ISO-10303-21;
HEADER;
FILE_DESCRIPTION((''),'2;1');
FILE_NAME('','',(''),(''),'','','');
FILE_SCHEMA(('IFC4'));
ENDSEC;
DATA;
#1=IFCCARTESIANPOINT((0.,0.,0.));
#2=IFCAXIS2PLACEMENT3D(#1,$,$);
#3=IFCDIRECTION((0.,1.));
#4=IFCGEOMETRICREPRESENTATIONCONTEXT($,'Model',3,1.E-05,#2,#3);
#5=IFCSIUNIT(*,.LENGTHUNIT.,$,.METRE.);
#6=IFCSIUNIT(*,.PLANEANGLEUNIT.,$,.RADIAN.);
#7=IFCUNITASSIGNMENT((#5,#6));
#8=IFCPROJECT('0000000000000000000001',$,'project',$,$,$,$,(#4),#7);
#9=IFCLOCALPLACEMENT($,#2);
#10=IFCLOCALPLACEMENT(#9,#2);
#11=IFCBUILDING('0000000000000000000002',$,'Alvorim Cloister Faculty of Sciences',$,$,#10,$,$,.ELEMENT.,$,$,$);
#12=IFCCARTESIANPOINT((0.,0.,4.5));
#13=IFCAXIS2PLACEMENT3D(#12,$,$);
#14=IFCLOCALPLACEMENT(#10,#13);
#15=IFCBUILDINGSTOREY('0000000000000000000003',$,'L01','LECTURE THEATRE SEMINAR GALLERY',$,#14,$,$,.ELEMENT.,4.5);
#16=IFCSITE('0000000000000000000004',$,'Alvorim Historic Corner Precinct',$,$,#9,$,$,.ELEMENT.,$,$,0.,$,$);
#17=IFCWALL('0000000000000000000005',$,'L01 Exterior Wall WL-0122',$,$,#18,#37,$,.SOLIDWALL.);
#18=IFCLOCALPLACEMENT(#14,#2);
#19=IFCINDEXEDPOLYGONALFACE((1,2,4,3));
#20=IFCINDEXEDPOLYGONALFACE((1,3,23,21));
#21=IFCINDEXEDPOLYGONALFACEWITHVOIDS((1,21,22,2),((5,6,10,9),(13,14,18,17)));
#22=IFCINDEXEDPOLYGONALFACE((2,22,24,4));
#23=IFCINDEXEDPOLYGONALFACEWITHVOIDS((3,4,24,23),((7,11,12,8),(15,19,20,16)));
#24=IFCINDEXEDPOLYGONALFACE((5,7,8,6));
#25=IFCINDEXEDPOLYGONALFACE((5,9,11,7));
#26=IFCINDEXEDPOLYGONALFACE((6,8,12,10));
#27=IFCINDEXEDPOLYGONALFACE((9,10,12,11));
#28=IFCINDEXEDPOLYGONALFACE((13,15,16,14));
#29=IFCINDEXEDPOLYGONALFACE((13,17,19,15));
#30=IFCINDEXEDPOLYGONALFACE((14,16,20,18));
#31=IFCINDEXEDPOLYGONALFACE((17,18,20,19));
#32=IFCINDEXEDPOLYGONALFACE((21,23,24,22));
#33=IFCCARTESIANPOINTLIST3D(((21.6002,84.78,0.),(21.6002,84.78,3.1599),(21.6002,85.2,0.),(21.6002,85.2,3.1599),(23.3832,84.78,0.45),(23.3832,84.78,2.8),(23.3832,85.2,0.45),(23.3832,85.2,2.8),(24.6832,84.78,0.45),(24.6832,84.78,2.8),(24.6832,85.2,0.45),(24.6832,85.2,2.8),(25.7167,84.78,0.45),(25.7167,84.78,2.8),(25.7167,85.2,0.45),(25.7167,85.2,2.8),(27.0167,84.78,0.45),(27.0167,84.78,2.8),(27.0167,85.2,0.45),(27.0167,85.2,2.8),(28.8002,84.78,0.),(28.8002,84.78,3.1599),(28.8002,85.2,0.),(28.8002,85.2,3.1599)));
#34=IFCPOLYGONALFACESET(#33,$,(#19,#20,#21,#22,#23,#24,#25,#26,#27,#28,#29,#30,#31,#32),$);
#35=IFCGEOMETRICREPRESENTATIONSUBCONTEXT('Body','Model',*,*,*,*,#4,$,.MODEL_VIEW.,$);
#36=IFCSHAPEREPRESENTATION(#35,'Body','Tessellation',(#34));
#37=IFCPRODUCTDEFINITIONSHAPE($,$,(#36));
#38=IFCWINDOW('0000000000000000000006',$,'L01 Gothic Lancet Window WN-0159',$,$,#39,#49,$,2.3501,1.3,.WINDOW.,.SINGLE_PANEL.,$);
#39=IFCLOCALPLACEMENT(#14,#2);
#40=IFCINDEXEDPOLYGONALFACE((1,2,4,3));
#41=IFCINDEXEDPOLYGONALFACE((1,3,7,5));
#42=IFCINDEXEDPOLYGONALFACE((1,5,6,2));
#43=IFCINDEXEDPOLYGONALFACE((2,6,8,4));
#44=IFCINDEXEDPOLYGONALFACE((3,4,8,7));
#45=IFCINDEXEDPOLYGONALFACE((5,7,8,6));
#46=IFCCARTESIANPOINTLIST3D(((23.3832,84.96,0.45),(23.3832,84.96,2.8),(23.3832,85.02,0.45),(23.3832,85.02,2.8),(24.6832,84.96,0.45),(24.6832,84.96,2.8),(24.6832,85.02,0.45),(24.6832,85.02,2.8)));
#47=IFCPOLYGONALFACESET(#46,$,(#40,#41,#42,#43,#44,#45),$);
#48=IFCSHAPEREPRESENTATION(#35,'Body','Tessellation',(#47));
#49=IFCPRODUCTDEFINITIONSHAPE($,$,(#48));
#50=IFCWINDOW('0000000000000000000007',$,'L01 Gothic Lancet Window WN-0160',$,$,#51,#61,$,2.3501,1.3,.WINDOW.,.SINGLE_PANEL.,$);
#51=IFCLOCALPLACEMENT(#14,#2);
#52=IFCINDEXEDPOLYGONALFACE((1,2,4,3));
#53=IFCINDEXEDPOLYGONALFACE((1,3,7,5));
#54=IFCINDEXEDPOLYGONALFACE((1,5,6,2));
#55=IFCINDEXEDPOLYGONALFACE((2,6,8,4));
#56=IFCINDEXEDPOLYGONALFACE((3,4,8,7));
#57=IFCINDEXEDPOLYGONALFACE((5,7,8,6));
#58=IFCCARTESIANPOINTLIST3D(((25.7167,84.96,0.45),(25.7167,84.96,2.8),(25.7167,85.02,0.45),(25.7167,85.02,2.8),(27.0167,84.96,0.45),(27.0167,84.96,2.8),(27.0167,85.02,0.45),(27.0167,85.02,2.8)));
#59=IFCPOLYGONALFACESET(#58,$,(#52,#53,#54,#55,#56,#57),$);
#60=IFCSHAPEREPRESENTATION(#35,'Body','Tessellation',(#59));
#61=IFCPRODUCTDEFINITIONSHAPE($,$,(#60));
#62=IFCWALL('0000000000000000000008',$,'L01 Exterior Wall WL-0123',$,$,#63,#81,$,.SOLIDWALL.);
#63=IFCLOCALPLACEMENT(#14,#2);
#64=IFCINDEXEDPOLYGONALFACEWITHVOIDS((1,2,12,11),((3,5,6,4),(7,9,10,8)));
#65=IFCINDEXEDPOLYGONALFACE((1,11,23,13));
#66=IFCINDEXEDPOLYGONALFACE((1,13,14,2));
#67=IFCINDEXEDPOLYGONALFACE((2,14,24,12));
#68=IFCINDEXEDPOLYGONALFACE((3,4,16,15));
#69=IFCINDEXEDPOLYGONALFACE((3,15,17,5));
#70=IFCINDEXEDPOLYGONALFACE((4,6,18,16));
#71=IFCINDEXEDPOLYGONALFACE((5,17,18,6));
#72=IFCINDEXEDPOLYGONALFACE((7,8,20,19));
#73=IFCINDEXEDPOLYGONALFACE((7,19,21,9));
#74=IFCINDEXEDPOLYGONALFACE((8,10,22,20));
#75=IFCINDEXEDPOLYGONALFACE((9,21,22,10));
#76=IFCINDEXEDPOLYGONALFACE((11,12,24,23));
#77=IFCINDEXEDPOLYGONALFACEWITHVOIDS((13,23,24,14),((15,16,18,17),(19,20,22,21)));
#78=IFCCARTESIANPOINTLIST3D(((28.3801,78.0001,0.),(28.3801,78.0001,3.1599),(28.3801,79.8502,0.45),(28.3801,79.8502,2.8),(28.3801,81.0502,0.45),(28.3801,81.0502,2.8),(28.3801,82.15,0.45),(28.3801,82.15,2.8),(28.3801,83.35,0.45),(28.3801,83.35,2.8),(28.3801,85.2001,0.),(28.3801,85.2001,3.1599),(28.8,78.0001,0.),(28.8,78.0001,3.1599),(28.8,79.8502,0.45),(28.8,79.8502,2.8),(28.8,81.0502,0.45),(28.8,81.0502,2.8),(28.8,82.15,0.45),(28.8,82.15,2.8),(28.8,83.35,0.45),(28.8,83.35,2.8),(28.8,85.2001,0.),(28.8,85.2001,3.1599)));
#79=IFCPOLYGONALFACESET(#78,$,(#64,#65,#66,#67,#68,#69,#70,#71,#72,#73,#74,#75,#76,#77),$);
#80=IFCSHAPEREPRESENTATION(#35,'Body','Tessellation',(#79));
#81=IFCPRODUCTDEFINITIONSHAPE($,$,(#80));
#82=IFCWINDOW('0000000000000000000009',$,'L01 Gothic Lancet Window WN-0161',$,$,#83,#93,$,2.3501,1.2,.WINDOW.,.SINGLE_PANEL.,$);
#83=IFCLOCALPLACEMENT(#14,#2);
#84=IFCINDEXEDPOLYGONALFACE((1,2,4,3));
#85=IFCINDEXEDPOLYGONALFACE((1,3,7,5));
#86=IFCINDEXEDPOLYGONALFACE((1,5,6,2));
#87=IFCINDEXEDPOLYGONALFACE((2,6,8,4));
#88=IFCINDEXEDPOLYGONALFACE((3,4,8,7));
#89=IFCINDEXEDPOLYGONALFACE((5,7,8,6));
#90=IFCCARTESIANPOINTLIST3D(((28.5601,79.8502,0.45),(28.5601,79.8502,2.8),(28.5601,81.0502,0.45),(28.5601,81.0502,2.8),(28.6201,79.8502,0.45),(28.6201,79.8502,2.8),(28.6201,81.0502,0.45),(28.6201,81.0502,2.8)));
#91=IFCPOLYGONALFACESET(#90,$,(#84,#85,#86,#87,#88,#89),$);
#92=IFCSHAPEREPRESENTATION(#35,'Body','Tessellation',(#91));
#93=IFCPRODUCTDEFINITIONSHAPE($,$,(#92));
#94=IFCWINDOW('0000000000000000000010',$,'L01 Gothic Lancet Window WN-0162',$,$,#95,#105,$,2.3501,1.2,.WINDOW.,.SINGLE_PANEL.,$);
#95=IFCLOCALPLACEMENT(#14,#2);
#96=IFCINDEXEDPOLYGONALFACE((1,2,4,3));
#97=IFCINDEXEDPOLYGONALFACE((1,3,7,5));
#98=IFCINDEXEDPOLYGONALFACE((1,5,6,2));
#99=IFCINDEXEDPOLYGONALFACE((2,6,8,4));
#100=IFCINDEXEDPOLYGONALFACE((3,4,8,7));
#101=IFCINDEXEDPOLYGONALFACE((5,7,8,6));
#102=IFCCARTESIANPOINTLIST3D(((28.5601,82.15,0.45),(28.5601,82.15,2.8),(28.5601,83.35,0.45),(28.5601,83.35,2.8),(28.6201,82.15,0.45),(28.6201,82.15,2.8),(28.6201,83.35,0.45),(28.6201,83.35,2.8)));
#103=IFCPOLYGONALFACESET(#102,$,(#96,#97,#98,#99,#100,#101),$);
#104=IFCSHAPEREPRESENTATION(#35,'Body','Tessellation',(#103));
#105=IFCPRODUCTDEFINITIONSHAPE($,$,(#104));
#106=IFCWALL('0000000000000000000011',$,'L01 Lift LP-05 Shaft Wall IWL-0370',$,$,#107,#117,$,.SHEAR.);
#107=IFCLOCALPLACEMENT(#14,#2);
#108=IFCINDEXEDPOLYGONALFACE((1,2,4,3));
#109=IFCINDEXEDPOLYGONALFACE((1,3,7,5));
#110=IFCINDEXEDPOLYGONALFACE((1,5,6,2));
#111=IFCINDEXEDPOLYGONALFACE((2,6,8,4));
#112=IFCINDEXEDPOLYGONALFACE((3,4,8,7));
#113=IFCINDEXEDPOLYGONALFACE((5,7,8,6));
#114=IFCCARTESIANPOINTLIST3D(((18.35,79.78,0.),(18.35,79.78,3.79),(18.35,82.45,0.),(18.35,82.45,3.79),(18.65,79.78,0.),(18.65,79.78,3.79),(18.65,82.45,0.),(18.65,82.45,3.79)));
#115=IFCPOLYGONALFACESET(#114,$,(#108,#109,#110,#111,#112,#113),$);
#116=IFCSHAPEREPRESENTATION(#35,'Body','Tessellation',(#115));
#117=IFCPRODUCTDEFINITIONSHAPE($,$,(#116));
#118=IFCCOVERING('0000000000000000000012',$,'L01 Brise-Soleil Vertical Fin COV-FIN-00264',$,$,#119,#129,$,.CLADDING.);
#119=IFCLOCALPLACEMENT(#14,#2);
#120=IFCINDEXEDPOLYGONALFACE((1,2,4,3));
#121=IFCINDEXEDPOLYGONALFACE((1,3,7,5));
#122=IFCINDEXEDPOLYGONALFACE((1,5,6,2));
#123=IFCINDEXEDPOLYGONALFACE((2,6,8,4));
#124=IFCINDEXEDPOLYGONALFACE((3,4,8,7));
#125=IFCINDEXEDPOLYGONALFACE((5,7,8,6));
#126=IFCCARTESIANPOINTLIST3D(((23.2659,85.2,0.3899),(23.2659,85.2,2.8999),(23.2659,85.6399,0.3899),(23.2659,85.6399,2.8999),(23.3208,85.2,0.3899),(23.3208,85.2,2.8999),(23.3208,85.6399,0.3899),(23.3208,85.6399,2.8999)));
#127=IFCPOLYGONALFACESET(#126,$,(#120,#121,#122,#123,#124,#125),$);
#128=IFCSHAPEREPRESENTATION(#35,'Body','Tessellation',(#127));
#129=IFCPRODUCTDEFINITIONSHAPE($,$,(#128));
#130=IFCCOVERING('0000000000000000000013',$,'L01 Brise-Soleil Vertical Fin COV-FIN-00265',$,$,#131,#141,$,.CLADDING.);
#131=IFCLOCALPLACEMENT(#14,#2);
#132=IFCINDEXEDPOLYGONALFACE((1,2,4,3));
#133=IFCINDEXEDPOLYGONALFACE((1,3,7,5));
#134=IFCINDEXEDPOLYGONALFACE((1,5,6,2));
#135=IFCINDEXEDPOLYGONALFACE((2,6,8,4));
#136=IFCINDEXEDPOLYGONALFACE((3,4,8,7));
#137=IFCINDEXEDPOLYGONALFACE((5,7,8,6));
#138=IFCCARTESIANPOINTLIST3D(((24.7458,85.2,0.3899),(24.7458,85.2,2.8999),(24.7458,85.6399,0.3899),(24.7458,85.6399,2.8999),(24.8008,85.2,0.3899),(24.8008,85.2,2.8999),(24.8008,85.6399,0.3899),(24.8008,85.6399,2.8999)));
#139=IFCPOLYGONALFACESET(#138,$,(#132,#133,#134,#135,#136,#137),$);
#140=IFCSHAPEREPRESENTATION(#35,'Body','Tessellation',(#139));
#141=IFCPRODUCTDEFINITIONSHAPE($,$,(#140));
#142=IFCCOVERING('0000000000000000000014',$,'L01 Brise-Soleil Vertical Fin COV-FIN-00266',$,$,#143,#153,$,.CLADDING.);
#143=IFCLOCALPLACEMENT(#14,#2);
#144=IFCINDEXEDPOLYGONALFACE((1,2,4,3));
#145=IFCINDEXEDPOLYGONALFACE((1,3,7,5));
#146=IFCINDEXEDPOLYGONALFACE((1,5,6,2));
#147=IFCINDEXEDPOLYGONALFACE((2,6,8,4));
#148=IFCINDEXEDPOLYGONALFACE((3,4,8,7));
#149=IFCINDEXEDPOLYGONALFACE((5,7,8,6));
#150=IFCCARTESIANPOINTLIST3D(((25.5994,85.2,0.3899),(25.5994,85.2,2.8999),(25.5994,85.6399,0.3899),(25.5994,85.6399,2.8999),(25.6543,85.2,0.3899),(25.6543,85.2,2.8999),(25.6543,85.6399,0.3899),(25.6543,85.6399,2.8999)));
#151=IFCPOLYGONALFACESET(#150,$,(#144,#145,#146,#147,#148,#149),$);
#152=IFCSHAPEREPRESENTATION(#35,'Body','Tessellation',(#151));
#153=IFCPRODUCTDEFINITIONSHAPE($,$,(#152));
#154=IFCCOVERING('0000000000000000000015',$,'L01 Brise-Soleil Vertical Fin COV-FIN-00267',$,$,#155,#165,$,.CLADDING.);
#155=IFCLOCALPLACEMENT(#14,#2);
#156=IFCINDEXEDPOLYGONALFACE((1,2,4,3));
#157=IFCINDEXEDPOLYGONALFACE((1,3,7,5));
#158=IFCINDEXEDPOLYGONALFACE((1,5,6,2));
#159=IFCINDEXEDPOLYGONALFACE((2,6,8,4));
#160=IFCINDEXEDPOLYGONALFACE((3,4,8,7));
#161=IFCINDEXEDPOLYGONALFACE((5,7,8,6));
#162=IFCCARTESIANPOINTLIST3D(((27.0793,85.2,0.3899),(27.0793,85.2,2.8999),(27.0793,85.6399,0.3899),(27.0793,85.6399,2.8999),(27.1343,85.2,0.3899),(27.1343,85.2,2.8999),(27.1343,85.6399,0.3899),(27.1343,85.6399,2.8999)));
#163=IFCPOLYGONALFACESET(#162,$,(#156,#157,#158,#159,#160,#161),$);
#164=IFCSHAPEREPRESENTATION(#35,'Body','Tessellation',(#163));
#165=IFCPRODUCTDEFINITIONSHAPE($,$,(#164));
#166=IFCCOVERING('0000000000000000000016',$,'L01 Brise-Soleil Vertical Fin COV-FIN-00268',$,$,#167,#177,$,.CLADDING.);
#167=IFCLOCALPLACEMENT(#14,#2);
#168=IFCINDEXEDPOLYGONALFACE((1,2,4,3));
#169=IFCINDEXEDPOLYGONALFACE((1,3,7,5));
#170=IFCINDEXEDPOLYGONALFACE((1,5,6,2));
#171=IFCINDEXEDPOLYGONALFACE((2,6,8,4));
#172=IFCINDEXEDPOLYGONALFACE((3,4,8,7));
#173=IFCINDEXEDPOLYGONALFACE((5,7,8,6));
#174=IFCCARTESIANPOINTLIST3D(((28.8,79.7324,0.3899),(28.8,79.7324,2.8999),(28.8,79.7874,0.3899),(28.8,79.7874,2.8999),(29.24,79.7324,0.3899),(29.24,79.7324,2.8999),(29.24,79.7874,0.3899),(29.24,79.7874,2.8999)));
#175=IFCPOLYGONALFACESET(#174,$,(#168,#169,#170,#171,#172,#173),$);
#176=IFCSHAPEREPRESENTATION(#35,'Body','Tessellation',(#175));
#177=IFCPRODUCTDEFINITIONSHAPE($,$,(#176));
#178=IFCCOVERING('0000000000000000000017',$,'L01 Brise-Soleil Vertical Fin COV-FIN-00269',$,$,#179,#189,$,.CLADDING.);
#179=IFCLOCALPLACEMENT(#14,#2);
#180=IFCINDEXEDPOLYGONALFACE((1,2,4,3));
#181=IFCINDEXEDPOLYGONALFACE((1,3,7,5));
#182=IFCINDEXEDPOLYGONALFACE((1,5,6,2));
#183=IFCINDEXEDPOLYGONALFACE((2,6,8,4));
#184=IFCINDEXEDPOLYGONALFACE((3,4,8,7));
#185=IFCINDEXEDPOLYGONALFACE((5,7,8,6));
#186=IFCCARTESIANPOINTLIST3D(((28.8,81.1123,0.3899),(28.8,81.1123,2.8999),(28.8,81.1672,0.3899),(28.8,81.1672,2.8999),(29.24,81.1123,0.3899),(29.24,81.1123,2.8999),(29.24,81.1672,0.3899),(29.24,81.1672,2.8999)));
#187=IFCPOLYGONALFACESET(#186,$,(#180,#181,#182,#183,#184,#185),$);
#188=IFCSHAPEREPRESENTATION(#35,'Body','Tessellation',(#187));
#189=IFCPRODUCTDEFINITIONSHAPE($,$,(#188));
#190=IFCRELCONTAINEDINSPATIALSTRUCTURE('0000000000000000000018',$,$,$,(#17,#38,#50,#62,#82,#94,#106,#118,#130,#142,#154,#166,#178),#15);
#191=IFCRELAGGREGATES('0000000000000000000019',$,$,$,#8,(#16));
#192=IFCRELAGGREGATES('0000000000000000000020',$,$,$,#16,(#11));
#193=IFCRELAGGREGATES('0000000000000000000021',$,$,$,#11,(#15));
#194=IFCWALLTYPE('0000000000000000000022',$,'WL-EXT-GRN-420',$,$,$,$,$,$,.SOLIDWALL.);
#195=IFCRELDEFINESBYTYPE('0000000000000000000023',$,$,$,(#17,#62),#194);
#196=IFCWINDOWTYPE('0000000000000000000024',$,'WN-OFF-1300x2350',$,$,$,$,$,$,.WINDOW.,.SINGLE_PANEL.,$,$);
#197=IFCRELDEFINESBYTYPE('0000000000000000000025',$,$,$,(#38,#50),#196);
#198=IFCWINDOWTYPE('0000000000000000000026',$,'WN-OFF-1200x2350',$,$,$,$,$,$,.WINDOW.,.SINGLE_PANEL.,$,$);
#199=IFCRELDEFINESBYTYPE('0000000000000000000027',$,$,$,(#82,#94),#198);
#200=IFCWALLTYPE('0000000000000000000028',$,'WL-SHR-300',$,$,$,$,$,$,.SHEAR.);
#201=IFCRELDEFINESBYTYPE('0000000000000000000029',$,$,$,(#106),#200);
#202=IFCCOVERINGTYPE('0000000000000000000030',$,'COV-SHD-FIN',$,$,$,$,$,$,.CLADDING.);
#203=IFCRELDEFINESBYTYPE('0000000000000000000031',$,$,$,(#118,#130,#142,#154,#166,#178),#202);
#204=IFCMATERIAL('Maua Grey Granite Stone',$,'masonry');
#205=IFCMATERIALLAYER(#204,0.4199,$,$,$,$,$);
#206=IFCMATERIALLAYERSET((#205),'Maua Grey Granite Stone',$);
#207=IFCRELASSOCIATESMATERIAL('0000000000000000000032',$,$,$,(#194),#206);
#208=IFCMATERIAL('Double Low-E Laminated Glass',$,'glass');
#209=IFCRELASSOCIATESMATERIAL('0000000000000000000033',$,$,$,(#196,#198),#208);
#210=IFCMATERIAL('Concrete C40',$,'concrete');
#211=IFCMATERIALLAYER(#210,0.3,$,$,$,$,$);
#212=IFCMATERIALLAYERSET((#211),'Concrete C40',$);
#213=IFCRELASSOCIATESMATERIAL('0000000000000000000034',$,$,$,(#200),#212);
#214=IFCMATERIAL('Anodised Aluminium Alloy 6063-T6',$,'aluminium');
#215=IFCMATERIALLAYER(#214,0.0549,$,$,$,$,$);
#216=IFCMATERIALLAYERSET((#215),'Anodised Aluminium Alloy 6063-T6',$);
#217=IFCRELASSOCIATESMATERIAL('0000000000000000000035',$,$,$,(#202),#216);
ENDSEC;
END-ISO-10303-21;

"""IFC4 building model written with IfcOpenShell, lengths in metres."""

from ifc_helpers import new_model, si_unit, direction, frame, frame_2d, origin, place, context, subcontext, project, spatial, polyline, rectangle, outline, extrude, material, layer, layer_set, type_object, element, fill, save


model = new_model("IFC4")

# Units and contexts
model_context = context("Model", 3, precision=1e-05, world=origin(), true_north=direction((0.0, 1.0)))
body_context = subcontext(model_context, "Body", "Model", "MODEL_VIEW")
ifc_project = project(units=[si_unit("LENGTHUNIT", "METRE"), si_unit("PLANEANGLEUNIT", "RADIAN")], contexts=[model_context])

# Site, building, storey
site_placement = place(None, origin())
site = spatial("IfcSite", under=ifc_project, at=site_placement, Name="Alvorim Historic Corner Precinct", CompositionType="ELEMENT", RefElevation=0.0)
building_placement = place(site_placement, origin())
building = spatial("IfcBuilding", under=site, at=building_placement, Name="Alvorim Cloister Faculty of Sciences", CompositionType="ELEMENT")
storey_placement = place(building_placement, frame((0.0, 0.0, 4.5)))
storey = spatial("IfcBuildingStorey", under=building, at=storey_placement, Name="L01", Description="LECTURE THEATRE SEMINAR GALLERY", CompositionType="ELEMENT", Elevation=4.5)

# Shared definitions
ifc_material_1 = material(Name="Concrete C40", Category="concrete")

# Walls, openings, windows
ifc_material_2 = material(Name="Maua Grey Granite Stone", Category="masonry")
ifc_layer_1 = layer(ifc_material_2, 0.4199)
ifc_layer_set_1 = layer_set([ifc_layer_1], Name="Maua Grey Granite Stone")
wall_type_1 = type_object("IfcWallType", Name="WL-EXT-GRN-420", PredefinedType="SOLIDWALL", material=ifc_layer_set_1)
ifc_material_3 = material(Name="Double Low-E Laminated Glass", Category="glass")
wall_1_placement = place(storey_placement, frame((21.6001, 84.99, 0.0), z_axis=(0.0, 0.0, 1.0), x_axis=(1.0, 0.0, 0.0)))
wall_1 = element("IfcWall", 1, at=wall_1_placement, inside=storey, type_object=wall_type_1, Name="L01 Exterior Wall WL-0122", PredefinedType="SOLIDWALL", context=body_context, shape_type="SweptSolid", body=[
    extrude(rectangle(XDim=7.2, YDim=0.4199, at=frame_2d((3.6001, 0.0))), origin(), (0.0, 0.0, 1.0), 3.1599),
])
opening_1_placement = place(wall_1_placement, frame((1.7832, 0.0, 0.45)))
opening_1 = element("IfcOpeningElement", 2, at=opening_1_placement, cuts=wall_1, PredefinedType="OPENING", context=body_context, shape_type="SweptSolid", body=[
    extrude(rectangle(XDim=1.3, YDim=2.3501, at=frame_2d((0.6499, 1.175))), frame((0.0, 0.2219, 0.0), z_axis=(0.0, -1.0, 0.0), x_axis=(1.0, 0.0, 0.0)), (0.0, 0.0, 1.0), 0.4438),
])
opening_2_placement = place(wall_1_placement, frame((4.1167, 0.0, 0.45)))
opening_2 = element("IfcOpeningElement", 3, at=opening_2_placement, cuts=wall_1, PredefinedType="OPENING", context=body_context, shape_type="SweptSolid", body=[
    extrude(rectangle(XDim=1.3, YDim=2.3501, at=frame_2d((0.6499, 1.175))), frame((0.0, 0.2219, 0.0), z_axis=(0.0, -1.0, 0.0), x_axis=(1.0, 0.0, 0.0)), (0.0, 0.0, 1.0), 0.4438),
])
window_type_1 = type_object("IfcWindowType", Name="WN-OFF-1300x2350", PartitioningType="SINGLE_PANEL", PredefinedType="WINDOW", material=ifc_material_3)
window_1_placement = place(opening_1_placement, origin())
window_1 = element("IfcWindow", 4, at=window_1_placement, inside=storey, type_object=window_type_1, Name="L01 Gothic Lancet Window WN-0159", OverallHeight=2.3501, OverallWidth=1.3, PartitioningType="SINGLE_PANEL", PredefinedType="WINDOW", context=body_context, shape_type="SweptSolid", body=[
    extrude(rectangle(XDim=1.3, YDim=2.3501, at=frame_2d((0.6499, 1.175))), frame((0.0, 0.03, 0.0), z_axis=(0.0, -1.0, 0.0), x_axis=(1.0, 0.0, 0.0)), (0.0, 0.0, 1.0), 0.0601),
])
fill(opening_1, window_1)
window_2_placement = place(opening_2_placement, origin())
window_2 = element("IfcWindow", 5, at=window_2_placement, inside=storey, type_object=window_type_1, Name="L01 Gothic Lancet Window WN-0160", OverallHeight=2.3501, OverallWidth=1.3, PartitioningType="SINGLE_PANEL", PredefinedType="WINDOW", context=body_context, shape_type="SweptSolid", body=[
    extrude(rectangle(XDim=1.3, YDim=2.3501, at=frame_2d((0.6499, 1.175))), frame((0.0, 0.03, 0.0), z_axis=(0.0, -1.0, 0.0), x_axis=(1.0, 0.0, 0.0)), (0.0, 0.0, 1.0), 0.0601),
])
fill(opening_2, window_2)
wall_2_placement = place(storey_placement, frame((28.5901, 78.0, 0.0), z_axis=(0.0, 0.0, 1.0), x_axis=(0.0, 1.0, 0.0)))
wall_2 = element("IfcWall", 6, at=wall_2_placement, inside=storey, type_object=wall_type_1, Name="L01 Exterior Wall WL-0123", PredefinedType="SOLIDWALL", context=body_context, shape_type="SweptSolid", body=[
    extrude(rectangle(XDim=7.2, YDim=0.4199, at=frame_2d((3.6001, 0.0))), origin(), (0.0, 0.0, 1.0), 3.1599),
])
opening_3_placement = place(wall_2_placement, frame((1.8501, 0.0, 0.45)))
opening_3 = element("IfcOpeningElement", 7, at=opening_3_placement, cuts=wall_2, PredefinedType="OPENING", context=body_context, shape_type="SweptSolid", body=[
    extrude(rectangle(XDim=1.2, YDim=2.3501, at=frame_2d((0.6001, 1.175))), frame((0.0, 0.2219, 0.0), z_axis=(0.0, -1.0, 0.0), x_axis=(1.0, 0.0, 0.0)), (0.0, 0.0, 1.0), 0.4438),
])
opening_4_placement = place(wall_2_placement, frame((4.1499, 0.0, 0.45)))
opening_4 = element("IfcOpeningElement", 8, at=opening_4_placement, cuts=wall_2, PredefinedType="OPENING", context=body_context, shape_type="SweptSolid", body=[
    extrude(rectangle(XDim=1.2, YDim=2.3501, at=frame_2d((0.6001, 1.175))), frame((0.0, 0.2219, 0.0), z_axis=(0.0, -1.0, 0.0), x_axis=(1.0, 0.0, 0.0)), (0.0, 0.0, 1.0), 0.4438),
])
window_type_2 = type_object("IfcWindowType", Name="WN-OFF-1200x2350", PartitioningType="SINGLE_PANEL", PredefinedType="WINDOW", material=ifc_material_3)
window_3_placement = place(opening_3_placement, origin())
window_3 = element("IfcWindow", 9, at=window_3_placement, inside=storey, type_object=window_type_2, Name="L01 Gothic Lancet Window WN-0161", OverallHeight=2.3501, OverallWidth=1.2, PartitioningType="SINGLE_PANEL", PredefinedType="WINDOW", context=body_context, shape_type="SweptSolid", body=[
    extrude(rectangle(XDim=1.2, YDim=2.3501, at=frame_2d((0.6001, 1.175))), frame((0.0, 0.03, 0.0), z_axis=(0.0, -1.0, 0.0), x_axis=(1.0, 0.0, 0.0)), (0.0, 0.0, 1.0), 0.0601),
])
fill(opening_3, window_3)
window_4_placement = place(opening_4_placement, origin())
window_4 = element("IfcWindow", 10, at=window_4_placement, inside=storey, type_object=window_type_2, Name="L01 Gothic Lancet Window WN-0162", OverallHeight=2.3501, OverallWidth=1.2, PartitioningType="SINGLE_PANEL", PredefinedType="WINDOW", context=body_context, shape_type="SweptSolid", body=[
    extrude(rectangle(XDim=1.2, YDim=2.3501, at=frame_2d((0.6001, 1.175))), frame((0.0, 0.03, 0.0), z_axis=(0.0, -1.0, 0.0), x_axis=(1.0, 0.0, 0.0)), (0.0, 0.0, 1.0), 0.0601),
])
fill(opening_4, window_4)

# Wall
ifc_layer_2 = layer(ifc_material_1, 0.3)
ifc_layer_set_2 = layer_set([ifc_layer_2], Name="Concrete C40")
wall_type_2 = type_object("IfcWallType", Name="WL-SHR-300", PredefinedType="SHEAR", material=ifc_layer_set_2)
wall_3_placement = place(storey_placement, frame((18.5, 79.78, 0.0), z_axis=(0.0, 0.0, 1.0), x_axis=(0.0, 1.0, 0.0)))
element("IfcWall", 11, at=wall_3_placement, inside=storey, type_object=wall_type_2, Name="L01 Lift LP-05 Shaft Wall IWL-0370", PredefinedType="SHEAR", context=body_context, shape_type="SweptSolid", body=[
    extrude(rectangle(XDim=2.6699, YDim=0.3, at=frame_2d((1.335, 0.0))), origin(), (0.0, 0.0, 1.0), 3.79),
])

# Coverings
ifc_material_4 = material(Name="Anodised Aluminium Alloy 6063-T6", Category="aluminium")
ifc_layer_3 = layer(ifc_material_4, 0.0549)
ifc_layer_set_3 = layer_set([ifc_layer_3], Name="Anodised Aluminium Alloy 6063-T6")
covering_type = type_object("IfcCoveringType", Name="COV-SHD-FIN", PredefinedType="CLADDING", material=ifc_layer_set_3)
for number, where, z_axis, x_axis, name in (
    (12, (23.2932, 85.2, 0.3899), (0.0, 0.0, 1.0), (0.0, 1.0, 0.0), "L01 Brise-Soleil Vertical Fin COV-FIN-00264"),
    (13, (24.7732, 85.2, 0.3899), (0.0, 0.0, 1.0), (0.0, 1.0, 0.0), "L01 Brise-Soleil Vertical Fin COV-FIN-00265"),
    (14, (25.6267, 85.2, 0.3899), (0.0, 0.0, 1.0), (0.0, 1.0, 0.0), "L01 Brise-Soleil Vertical Fin COV-FIN-00266"),
    (15, (27.1067, 85.2, 0.3899), (0.0, 0.0, 1.0), (0.0, 1.0, 0.0), "L01 Brise-Soleil Vertical Fin COV-FIN-00267"),
    (16, (28.8, 79.76, 0.3899), (0.0, 0.0, 1.0), (1.0, 0.0, 0.0), "L01 Brise-Soleil Vertical Fin COV-FIN-00268"),
    (17, (28.8, 81.1399, 0.3899), (0.0, 0.0, 1.0), (1.0, 0.0, 0.0), "L01 Brise-Soleil Vertical Fin COV-FIN-00269"),
):
    element("IfcCovering", number, at=place(storey_placement, frame(where, z_axis=z_axis, x_axis=x_axis)), inside=storey, type_object=covering_type, Name=name, PredefinedType="CLADDING", context=body_context, shape_type="SweptSolid", body=[
        extrude(outline(polyline([(0.0, 0.0), (0.4399, 0.0), (0.4399, 2.51), (0.0, 2.51), (0.0, 0.0)])), frame((0.0, 0.0273, 0.0), z_axis=(0.0, -1.0, 0.0), x_axis=(1.0, 0.0, 0.0)), (0.0, 0.0, 1.0), 0.0549),
    ])

save(model, "model.ifc")
